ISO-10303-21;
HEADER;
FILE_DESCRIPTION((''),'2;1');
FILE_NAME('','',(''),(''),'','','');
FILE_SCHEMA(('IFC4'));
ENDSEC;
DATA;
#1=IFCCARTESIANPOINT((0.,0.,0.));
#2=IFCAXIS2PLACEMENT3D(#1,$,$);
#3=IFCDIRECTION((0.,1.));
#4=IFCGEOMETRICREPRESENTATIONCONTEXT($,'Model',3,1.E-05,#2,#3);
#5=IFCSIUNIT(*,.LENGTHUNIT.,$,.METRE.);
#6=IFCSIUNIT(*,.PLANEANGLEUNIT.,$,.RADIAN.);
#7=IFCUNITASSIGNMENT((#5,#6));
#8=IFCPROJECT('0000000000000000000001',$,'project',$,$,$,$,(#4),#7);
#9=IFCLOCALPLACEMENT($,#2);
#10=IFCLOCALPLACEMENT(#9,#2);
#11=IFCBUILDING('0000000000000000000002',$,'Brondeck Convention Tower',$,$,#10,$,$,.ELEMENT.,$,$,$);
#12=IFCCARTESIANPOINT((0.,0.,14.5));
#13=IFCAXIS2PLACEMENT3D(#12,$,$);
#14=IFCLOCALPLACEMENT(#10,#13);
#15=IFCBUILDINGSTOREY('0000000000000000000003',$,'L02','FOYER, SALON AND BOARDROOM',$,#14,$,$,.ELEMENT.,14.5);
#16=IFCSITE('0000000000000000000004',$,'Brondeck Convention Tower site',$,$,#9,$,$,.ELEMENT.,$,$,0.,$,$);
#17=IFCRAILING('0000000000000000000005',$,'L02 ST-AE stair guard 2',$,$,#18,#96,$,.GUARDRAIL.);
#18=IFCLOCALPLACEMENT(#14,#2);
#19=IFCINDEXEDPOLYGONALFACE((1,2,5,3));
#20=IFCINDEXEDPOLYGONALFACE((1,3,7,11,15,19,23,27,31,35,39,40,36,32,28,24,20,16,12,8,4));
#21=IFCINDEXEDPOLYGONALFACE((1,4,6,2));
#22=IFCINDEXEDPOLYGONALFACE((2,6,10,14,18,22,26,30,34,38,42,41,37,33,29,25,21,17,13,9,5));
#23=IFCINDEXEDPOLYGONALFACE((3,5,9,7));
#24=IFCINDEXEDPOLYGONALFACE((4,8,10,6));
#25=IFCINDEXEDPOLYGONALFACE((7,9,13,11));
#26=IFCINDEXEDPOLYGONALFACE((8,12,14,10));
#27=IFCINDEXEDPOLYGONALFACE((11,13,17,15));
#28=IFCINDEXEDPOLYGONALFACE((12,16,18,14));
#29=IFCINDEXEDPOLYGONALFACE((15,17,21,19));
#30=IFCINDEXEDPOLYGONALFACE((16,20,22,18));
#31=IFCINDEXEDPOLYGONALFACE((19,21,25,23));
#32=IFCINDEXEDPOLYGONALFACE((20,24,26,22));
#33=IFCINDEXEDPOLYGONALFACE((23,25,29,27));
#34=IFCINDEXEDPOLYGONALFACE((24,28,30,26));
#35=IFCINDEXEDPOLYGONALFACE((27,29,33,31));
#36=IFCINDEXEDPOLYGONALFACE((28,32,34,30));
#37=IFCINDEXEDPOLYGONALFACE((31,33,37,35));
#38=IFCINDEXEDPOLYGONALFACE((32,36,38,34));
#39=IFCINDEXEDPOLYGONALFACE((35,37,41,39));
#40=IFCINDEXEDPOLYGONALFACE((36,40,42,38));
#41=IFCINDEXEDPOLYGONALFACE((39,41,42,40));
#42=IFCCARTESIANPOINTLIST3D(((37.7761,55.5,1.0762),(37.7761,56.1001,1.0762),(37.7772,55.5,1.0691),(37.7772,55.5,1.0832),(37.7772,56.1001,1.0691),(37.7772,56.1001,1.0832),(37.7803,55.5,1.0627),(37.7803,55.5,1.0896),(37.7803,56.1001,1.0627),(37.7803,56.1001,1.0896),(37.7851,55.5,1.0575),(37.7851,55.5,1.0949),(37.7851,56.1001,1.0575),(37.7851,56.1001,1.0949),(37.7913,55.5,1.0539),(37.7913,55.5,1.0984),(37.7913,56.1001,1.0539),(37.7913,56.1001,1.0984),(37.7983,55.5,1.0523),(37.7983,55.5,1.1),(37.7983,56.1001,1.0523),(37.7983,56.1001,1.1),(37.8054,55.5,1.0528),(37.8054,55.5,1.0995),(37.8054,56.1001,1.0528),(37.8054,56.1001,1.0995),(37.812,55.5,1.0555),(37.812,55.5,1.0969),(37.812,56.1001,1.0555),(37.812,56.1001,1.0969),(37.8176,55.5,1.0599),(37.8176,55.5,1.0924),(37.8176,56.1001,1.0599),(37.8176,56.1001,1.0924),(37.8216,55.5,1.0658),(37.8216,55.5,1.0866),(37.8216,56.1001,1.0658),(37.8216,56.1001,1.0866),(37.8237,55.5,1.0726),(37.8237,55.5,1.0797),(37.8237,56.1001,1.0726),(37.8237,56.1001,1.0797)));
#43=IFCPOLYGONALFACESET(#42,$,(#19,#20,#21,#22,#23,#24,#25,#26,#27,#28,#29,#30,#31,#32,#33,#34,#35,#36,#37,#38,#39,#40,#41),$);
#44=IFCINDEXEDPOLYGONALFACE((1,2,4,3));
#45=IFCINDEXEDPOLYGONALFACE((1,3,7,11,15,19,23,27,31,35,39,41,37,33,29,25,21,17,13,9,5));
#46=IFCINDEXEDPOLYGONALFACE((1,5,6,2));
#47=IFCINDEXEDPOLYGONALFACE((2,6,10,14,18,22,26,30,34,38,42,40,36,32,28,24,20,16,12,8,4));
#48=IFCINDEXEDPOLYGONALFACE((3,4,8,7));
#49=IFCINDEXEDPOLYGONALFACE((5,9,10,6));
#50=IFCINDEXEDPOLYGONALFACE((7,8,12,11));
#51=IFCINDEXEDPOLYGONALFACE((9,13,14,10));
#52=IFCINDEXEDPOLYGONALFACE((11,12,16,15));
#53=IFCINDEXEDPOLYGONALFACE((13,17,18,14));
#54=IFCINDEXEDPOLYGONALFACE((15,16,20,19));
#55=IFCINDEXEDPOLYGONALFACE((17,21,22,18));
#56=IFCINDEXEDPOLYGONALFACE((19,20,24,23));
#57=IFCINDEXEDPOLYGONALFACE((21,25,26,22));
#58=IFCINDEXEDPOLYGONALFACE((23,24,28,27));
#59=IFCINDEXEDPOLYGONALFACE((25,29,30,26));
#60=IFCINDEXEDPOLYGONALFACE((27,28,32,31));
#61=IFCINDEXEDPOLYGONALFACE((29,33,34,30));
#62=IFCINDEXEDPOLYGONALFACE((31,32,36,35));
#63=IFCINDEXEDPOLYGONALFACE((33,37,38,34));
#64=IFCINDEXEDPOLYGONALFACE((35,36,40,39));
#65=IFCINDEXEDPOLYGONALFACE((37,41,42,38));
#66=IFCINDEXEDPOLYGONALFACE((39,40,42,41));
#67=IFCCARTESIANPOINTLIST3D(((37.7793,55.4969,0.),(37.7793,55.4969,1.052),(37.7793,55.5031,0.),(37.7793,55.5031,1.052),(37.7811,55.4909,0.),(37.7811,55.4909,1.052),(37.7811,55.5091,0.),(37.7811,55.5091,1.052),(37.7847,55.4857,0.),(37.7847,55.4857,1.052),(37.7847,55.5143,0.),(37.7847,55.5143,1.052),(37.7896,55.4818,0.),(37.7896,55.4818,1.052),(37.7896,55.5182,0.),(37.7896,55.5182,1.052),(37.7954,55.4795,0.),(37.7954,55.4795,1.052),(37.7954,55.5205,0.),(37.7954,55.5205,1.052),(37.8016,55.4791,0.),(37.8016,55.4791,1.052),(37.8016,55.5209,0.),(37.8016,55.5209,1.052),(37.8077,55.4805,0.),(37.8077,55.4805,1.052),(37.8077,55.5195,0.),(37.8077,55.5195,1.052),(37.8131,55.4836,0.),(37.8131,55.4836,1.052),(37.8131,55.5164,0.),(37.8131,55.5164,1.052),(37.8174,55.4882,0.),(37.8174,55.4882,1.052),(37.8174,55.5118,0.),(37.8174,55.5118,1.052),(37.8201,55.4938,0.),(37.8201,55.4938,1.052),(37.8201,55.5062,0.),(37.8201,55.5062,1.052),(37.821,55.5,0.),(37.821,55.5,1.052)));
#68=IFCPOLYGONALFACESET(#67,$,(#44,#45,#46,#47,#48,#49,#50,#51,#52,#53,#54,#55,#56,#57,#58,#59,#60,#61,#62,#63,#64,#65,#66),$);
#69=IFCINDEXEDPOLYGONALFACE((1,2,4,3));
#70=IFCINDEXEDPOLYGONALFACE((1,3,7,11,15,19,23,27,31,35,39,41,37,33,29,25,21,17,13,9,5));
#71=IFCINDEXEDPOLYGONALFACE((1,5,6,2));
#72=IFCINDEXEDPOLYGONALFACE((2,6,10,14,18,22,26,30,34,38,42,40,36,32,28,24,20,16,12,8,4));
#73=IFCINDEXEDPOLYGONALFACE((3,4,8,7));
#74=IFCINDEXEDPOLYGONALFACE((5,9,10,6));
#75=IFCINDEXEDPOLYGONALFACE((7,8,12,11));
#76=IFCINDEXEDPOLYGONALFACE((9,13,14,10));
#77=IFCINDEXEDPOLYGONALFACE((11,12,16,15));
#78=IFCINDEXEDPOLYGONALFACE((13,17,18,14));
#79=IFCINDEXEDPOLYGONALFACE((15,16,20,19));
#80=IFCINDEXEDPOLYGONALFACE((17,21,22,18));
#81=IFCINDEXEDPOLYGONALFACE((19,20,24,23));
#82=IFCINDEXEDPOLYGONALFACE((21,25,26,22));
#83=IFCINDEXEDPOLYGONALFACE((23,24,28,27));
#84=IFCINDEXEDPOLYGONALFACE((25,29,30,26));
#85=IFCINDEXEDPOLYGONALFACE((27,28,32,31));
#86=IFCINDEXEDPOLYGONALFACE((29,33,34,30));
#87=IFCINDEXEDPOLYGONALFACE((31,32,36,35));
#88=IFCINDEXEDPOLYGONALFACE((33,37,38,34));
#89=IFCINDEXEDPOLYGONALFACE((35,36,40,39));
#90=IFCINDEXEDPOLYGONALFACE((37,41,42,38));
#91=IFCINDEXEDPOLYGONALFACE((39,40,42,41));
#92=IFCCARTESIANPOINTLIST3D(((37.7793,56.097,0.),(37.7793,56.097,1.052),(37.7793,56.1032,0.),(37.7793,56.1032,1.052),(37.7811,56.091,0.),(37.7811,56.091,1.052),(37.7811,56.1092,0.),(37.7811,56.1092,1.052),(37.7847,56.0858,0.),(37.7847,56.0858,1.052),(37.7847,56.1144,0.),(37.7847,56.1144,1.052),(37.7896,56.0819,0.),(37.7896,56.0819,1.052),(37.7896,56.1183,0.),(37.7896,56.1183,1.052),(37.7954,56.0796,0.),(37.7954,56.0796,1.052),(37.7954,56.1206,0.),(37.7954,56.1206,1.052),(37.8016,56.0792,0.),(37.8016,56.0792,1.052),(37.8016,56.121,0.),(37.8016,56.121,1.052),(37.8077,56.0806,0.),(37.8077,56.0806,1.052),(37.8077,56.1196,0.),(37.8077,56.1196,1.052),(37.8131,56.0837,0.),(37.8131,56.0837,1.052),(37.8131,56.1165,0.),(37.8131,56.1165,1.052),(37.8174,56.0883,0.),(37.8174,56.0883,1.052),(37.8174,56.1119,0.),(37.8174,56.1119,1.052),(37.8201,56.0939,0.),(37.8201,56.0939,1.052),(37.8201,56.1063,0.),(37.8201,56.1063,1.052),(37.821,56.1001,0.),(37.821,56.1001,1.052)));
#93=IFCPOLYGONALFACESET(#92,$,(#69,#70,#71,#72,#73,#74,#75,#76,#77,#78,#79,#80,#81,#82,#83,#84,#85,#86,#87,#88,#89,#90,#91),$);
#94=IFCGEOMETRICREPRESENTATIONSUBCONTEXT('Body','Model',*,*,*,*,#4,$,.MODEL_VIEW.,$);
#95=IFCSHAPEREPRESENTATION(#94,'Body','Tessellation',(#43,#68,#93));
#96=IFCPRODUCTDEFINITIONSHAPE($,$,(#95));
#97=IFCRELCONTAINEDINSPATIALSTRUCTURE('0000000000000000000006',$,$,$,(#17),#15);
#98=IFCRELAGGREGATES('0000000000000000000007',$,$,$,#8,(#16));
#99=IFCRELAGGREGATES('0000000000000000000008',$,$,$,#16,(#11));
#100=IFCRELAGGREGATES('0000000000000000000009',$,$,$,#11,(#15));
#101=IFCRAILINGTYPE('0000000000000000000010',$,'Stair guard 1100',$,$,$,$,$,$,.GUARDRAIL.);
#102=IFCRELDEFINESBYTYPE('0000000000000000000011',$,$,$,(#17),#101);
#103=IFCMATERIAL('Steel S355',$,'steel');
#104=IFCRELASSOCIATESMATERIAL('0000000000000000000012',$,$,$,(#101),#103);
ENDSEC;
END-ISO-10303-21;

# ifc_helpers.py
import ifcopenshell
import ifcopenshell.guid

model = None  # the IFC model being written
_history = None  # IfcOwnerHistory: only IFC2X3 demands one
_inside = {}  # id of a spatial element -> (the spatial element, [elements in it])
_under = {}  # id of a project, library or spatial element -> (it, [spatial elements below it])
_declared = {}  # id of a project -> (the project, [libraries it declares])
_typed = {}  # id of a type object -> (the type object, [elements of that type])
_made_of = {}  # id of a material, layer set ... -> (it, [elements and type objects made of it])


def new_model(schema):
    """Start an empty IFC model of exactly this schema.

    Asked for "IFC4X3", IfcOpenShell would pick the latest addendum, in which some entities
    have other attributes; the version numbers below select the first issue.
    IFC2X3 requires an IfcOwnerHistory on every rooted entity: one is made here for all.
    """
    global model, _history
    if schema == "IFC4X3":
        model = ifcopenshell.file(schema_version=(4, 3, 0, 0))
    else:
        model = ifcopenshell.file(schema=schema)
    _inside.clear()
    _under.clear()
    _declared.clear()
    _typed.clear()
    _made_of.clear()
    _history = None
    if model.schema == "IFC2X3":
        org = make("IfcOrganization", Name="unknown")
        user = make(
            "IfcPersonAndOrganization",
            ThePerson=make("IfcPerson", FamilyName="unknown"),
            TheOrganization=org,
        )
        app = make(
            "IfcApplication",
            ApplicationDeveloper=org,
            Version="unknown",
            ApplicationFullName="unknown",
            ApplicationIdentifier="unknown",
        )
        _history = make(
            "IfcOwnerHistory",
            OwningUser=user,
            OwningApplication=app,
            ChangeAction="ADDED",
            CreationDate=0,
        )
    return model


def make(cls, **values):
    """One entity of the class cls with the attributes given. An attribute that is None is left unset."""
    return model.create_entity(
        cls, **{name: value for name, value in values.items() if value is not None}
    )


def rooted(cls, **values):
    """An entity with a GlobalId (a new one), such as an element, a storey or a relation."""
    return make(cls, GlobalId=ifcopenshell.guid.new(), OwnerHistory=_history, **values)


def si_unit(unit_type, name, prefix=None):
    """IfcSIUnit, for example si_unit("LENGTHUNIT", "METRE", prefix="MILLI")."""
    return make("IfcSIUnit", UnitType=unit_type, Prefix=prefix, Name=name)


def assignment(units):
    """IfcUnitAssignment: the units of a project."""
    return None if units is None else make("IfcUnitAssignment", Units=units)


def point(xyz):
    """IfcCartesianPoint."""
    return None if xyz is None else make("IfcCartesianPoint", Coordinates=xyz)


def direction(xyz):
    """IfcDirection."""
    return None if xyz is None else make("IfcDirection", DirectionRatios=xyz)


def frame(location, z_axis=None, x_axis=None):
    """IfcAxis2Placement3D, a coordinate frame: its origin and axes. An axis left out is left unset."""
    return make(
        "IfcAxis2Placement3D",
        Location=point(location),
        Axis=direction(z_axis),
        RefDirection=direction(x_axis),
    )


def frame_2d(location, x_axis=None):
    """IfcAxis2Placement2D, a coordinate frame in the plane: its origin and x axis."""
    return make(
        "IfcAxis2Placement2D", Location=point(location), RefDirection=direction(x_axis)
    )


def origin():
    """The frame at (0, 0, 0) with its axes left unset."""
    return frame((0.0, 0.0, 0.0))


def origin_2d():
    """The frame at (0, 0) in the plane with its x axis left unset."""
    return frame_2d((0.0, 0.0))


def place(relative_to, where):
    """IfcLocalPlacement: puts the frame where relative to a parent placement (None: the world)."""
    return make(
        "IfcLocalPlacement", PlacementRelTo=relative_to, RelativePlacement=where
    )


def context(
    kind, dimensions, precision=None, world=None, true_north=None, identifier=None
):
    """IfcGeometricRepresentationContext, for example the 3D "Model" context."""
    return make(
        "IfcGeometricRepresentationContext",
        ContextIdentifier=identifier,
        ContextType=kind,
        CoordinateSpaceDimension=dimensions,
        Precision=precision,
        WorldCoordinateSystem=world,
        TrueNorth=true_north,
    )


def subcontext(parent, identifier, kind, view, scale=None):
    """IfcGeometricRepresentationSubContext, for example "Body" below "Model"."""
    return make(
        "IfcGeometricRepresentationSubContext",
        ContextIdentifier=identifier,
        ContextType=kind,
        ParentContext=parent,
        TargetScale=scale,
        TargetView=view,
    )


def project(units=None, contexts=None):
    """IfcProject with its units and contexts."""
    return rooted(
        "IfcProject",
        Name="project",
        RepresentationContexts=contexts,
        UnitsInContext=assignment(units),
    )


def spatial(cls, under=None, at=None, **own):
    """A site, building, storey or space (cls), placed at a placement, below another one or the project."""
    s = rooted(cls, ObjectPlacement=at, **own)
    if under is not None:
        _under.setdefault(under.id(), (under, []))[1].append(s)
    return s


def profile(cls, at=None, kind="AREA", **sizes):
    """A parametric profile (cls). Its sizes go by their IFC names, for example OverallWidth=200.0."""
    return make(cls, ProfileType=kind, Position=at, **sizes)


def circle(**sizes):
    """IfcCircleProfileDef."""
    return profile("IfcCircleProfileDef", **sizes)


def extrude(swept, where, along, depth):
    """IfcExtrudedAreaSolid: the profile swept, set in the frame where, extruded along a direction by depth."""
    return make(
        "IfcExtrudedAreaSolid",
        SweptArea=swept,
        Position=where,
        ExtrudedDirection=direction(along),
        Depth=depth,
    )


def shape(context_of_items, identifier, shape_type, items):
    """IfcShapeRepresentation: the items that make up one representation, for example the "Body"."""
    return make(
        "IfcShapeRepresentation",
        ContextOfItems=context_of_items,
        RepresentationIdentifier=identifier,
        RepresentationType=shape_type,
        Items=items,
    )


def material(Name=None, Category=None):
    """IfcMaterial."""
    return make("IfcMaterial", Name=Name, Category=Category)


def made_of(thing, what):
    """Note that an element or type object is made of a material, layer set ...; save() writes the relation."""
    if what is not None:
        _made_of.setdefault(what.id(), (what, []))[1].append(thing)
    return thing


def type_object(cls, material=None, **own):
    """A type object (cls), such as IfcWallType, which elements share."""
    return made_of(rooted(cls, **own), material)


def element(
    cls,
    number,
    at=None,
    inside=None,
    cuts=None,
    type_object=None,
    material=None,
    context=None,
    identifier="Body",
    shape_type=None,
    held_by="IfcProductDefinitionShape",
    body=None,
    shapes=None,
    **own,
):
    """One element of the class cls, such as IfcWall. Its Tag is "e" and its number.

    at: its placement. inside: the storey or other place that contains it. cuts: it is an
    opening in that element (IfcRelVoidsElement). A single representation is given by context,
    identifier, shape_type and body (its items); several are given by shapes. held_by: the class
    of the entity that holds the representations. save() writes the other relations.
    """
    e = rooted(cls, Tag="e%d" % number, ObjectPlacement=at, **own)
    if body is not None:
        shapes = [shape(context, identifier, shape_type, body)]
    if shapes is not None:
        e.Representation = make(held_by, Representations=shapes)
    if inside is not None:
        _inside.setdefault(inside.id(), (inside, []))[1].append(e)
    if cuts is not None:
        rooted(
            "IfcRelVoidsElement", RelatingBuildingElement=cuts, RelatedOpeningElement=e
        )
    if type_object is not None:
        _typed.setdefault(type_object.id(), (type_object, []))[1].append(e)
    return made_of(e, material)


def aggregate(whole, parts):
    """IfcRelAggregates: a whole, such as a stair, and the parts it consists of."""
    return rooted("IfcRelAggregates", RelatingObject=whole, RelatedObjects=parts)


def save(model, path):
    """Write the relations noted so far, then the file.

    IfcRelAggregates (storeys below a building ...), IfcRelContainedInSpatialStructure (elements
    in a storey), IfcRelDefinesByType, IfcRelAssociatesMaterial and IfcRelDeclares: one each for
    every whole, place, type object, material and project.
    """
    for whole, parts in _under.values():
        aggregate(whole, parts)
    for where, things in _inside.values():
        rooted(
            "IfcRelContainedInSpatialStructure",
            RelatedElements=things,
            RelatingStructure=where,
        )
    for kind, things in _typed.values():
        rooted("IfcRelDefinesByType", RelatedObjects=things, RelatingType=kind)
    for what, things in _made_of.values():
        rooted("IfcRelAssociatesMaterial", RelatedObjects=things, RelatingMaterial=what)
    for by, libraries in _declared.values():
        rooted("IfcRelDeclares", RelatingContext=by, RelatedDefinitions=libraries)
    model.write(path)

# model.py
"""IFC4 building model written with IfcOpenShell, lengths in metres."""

from ifc_helpers import new_model, si_unit, direction, frame, origin, origin_2d, place, context, subcontext, project, spatial, circle, extrude, material, type_object, element, save


model = new_model("IFC4")

# Units and contexts
model_context = context("Model", 3, precision=1e-05, world=origin(), true_north=direction((0.0, 1.0)))
body_context = subcontext(model_context, "Body", "Model", "MODEL_VIEW")
ifc_project = project(units=[si_unit("LENGTHUNIT", "METRE"), si_unit("PLANEANGLEUNIT", "RADIAN")], contexts=[model_context])

# Site, building, storey
site_placement = place(None, origin())
site = spatial("IfcSite", under=ifc_project, at=site_placement, Name="Brondeck Convention Tower site", CompositionType="ELEMENT", RefElevation=0.0)
building_placement = place(site_placement, origin())
building = spatial("IfcBuilding", under=site, at=building_placement, Name="Brondeck Convention Tower", CompositionType="ELEMENT")
storey_placement = place(building_placement, frame((0.0, 0.0, 14.5)))
storey = spatial("IfcBuildingStorey", under=building, at=storey_placement, Name="L02", Description="FOYER, SALON AND BOARDROOM", CompositionType="ELEMENT", Elevation=14.5)

# Shared definitions
ifc_material_1 = material(Name="Steel S355", Category="steel")

# Railing
railing_type_1 = type_object("IfcRailingType", Name="Stair guard 1100", PredefinedType="GUARDRAIL", material=ifc_material_1)
railing_1_placement = place(storey_placement, frame((37.8, 55.5, 0.0)))
element("IfcRailing", 1, at=railing_1_placement, inside=storey, type_object=railing_type_1, Name="L02 ST-AE stair guard 2", PredefinedType="GUARDRAIL", context=body_context, shape_type="SweptSolid", body=[
    extrude(circle(Radius=0.0239, at=origin_2d()), frame((0.0, 0.0, 1.0762), z_axis=(0.0, 1.0, 0.0), x_axis=(-1.0, 0.0, 0.0)), (0.0, 0.0, 1.0), 0.6001),
    extrude(circle(Radius=0.021, at=origin_2d()), origin(), (0.0, 0.0, 1.0), 1.052),
    extrude(circle(Radius=0.021, at=origin_2d()), frame((0.0, 0.6001, 0.0)), (0.0, 0.0, 1.0), 1.052),
])

save(model, "model.ifc")
